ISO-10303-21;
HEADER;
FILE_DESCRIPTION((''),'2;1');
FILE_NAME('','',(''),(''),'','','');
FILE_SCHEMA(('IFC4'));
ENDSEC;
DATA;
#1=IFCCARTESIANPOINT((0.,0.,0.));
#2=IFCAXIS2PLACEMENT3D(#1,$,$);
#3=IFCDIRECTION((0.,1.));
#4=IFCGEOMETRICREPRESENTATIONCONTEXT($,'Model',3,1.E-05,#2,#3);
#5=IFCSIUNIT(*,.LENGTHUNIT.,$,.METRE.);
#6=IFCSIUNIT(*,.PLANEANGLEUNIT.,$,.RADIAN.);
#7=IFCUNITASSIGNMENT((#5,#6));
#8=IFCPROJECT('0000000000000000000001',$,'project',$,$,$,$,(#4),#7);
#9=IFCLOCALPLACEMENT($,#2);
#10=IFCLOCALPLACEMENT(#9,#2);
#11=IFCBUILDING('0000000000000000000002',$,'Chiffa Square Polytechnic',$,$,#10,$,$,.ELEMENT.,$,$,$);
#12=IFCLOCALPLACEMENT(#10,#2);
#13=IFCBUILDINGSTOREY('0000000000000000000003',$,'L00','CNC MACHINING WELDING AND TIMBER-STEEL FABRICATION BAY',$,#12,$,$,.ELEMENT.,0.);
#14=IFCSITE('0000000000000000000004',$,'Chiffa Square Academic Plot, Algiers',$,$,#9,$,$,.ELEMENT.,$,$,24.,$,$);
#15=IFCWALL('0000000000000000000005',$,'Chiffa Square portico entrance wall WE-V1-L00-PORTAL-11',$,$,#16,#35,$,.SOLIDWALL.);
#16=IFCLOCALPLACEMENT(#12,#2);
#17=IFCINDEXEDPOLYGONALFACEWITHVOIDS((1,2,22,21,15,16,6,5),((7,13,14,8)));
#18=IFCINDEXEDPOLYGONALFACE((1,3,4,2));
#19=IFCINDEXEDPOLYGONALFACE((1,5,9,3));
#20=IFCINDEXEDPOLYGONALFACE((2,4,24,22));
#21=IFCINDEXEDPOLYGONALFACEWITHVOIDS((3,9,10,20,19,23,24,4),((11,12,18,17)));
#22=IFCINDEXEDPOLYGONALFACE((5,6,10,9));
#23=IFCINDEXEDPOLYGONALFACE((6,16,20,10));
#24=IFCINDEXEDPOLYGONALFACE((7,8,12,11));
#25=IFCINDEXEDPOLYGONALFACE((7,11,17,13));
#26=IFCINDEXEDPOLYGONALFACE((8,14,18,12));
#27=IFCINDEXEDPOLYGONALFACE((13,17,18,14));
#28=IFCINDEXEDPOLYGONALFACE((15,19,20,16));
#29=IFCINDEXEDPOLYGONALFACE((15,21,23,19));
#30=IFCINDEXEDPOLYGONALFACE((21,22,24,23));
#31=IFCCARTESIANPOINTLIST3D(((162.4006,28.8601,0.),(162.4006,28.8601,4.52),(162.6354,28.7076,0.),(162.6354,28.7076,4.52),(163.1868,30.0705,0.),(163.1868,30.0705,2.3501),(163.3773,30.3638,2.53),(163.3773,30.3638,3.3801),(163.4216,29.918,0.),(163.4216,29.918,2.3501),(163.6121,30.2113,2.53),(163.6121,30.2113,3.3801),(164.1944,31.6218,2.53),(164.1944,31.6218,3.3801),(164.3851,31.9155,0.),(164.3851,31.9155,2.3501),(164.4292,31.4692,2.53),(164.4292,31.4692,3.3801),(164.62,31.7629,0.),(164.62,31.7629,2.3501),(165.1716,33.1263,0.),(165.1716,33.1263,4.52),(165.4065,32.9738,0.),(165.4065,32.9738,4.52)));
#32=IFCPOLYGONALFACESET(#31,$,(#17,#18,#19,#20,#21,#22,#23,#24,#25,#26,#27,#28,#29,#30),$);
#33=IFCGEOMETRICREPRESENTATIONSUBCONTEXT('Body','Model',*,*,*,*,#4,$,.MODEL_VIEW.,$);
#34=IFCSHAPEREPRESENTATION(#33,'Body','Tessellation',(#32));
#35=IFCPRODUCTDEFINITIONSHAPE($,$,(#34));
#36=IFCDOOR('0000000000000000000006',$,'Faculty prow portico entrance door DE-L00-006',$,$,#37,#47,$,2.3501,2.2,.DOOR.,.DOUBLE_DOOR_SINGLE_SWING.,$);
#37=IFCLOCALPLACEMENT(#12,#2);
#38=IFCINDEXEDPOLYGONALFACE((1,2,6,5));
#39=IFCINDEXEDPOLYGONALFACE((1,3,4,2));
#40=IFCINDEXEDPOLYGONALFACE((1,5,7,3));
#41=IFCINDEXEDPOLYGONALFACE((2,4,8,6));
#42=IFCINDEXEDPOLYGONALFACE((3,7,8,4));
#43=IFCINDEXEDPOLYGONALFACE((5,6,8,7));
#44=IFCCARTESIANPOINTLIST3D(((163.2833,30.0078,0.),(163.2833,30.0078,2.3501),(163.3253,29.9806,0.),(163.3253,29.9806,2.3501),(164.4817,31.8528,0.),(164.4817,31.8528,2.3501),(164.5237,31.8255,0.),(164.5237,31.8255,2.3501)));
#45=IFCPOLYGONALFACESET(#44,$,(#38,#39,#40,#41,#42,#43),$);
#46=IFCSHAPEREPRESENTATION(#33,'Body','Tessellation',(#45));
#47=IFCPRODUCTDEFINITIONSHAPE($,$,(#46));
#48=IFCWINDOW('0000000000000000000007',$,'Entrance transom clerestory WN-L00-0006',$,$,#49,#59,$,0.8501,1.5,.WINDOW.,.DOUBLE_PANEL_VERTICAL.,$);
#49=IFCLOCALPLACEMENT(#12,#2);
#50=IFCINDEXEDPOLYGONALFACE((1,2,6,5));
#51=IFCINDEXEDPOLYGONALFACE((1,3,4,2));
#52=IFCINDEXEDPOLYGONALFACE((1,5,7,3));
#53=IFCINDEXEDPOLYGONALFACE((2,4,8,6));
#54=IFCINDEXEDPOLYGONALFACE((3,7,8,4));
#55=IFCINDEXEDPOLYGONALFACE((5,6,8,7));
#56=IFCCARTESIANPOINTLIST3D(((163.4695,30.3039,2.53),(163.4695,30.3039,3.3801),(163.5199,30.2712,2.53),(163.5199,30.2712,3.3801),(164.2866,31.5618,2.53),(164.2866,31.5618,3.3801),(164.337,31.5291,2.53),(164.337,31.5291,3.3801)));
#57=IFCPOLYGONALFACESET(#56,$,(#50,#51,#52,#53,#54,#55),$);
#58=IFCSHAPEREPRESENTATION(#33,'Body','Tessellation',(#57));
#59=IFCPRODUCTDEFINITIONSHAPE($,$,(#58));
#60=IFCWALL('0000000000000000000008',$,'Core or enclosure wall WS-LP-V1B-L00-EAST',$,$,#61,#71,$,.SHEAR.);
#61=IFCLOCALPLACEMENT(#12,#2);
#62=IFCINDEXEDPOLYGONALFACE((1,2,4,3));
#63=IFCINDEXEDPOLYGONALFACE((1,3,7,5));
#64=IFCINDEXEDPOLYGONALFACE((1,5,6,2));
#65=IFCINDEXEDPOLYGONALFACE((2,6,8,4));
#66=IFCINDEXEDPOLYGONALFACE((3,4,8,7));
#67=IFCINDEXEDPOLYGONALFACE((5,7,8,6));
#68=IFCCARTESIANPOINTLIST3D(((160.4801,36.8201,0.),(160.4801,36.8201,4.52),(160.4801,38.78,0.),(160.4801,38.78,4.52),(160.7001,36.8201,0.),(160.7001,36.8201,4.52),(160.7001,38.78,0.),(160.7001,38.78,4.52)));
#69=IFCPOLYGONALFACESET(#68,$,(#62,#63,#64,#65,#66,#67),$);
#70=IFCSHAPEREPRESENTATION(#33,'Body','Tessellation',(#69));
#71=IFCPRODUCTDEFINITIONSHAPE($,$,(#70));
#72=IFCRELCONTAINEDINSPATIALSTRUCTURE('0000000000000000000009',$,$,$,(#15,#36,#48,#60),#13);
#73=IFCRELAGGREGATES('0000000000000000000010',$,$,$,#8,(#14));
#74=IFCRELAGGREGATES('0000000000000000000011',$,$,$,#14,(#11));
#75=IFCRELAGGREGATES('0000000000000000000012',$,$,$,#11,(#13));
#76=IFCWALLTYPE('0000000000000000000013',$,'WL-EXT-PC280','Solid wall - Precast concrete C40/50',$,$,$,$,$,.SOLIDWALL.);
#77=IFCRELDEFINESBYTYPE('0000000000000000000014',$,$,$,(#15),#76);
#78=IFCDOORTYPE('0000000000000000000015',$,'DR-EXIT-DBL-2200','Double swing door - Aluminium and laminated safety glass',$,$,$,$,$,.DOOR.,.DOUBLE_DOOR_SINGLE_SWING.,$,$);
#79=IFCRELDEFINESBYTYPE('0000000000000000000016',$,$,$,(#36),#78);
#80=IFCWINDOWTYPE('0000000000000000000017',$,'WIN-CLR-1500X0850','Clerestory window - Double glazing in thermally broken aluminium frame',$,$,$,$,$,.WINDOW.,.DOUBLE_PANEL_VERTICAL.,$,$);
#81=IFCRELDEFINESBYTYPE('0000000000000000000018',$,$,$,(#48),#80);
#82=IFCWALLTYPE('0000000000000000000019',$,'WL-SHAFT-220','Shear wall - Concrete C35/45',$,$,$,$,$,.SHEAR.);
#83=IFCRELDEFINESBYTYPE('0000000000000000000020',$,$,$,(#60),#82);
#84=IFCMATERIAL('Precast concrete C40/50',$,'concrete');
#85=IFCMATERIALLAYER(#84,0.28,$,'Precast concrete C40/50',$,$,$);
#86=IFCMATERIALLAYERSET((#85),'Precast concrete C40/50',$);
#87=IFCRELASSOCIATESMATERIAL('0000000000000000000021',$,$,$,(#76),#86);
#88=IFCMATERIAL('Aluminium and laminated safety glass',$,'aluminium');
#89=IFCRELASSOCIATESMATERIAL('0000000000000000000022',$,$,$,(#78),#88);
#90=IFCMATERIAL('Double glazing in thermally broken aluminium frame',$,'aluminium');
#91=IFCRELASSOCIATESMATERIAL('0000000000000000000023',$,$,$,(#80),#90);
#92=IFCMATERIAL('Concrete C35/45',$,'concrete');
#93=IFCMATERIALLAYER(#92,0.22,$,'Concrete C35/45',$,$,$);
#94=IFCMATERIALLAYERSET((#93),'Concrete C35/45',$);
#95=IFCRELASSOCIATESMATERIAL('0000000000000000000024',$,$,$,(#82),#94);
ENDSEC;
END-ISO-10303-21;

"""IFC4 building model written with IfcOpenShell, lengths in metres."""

from ifc_helpers import new_model, si_unit, direction, frame, frame_2d, origin, place, context, subcontext, project, spatial, rectangle, extrude, material, layer, layer_set, type_object, element, fill, save


model = new_model("IFC4")

# Units and contexts
model_context = context("Model", 3, precision=1e-05, world=origin(), true_north=direction((0.0, 1.0)))
body_context = subcontext(model_context, "Body", "Model", "MODEL_VIEW")
ifc_project = project(units=[si_unit("LENGTHUNIT", "METRE"), si_unit("PLANEANGLEUNIT", "RADIAN")], contexts=[model_context])

# Site, building, storey
site_placement = place(None, origin())
site = spatial("IfcSite", under=ifc_project, at=site_placement, Name="Chiffa Square Academic Plot, Algiers", CompositionType="ELEMENT", RefElevation=24.0)
building_placement = place(site_placement, origin())
building = spatial("IfcBuilding", under=site, at=building_placement, Name="Chiffa Square Polytechnic", CompositionType="ELEMENT")
storey_placement = place(building_placement, origin())
storey = spatial("IfcBuildingStorey", under=building, at=storey_placement, Name="L00", Description="CNC MACHINING WELDING AND TIMBER-STEEL FABRICATION BAY", CompositionType="ELEMENT", Elevation=0.0)

# Shared definitions
ifc_material_1 = material(Name="Concrete C35/45", Category="concrete")

# Wall, openings, door, window
ifc_material_2 = material(Name="Precast concrete C40/50", Category="concrete")
ifc_layer_1 = layer(ifc_material_2, 0.28, Name="Precast concrete C40/50")
ifc_layer_set_1 = layer_set([ifc_layer_1], Name="Precast concrete C40/50")
wall_type_1 = type_object("IfcWallType", Name="WL-EXT-PC280", Description="Solid wall - Precast concrete C40/50", PredefinedType="SOLIDWALL", material=ifc_layer_set_1)
wall_1_placement = place(storey_placement, frame((162.5181, 28.7839, 0.0), z_axis=(0.0, 0.0, 1.0), x_axis=(0.544715, 0.838621, 0.0)))
wall_1 = element("IfcWall", 1, at=wall_1_placement, inside=storey, type_object=wall_type_1, Name="Chiffa Square portico entrance wall WE-V1-L00-PORTAL-11", PredefinedType="SOLIDWALL", context=body_context, shape_type="SweptSolid", body=[
    extrude(rectangle(XDim=5.0872, YDim=0.28, at=frame_2d((2.5435, 0.0))), origin(), (0.0, 0.0, 1.0), 4.52),
])
opening_1_placement = place(wall_1_placement, frame((1.4431, 0.0, 0.0)))
opening_1 = element("IfcOpeningElement", 2, at=opening_1_placement, cuts=wall_1, PredefinedType="OPENING", context=body_context, shape_type="SweptSolid", body=[
    extrude(rectangle(XDim=2.2, YDim=2.3501, at=frame_2d((1.1001, 1.175))), frame((0.0, 0.1499, 0.0), z_axis=(0.0, -1.0, 0.0), x_axis=(1.0, 0.0, 0.0)), (0.0, 0.0, 1.0), 0.3),
])
opening_2_placement = place(wall_1_placement, frame((1.793, 0.0, 2.53)))
opening_2 = element("IfcOpeningElement", 3, at=opening_2_placement, cuts=wall_1, PredefinedType="OPENING", context=body_context, shape_type="SweptSolid", body=[
    extrude(rectangle(XDim=1.5, YDim=0.8501, at=frame_2d((0.75, 0.425))), frame((0.0, 0.1499, 0.0), z_axis=(0.0, -1.0, 0.0), x_axis=(1.0, 0.0, 0.0)), (0.0, 0.0, 1.0), 0.3),
])
ifc_material_3 = material(Name="Aluminium and laminated safety glass", Category="aluminium")
door_type = type_object("IfcDoorType", Name="DR-EXIT-DBL-2200", Description="Double swing door - Aluminium and laminated safety glass", OperationType="DOUBLE_DOOR_SINGLE_SWING", PredefinedType="DOOR", material=ifc_material_3)
door_placement = place(opening_1_placement, origin())
door = element("IfcDoor", 4, at=door_placement, inside=storey, type_object=door_type, Name="Faculty prow portico entrance door DE-L00-006", OperationType="DOUBLE_DOOR_SINGLE_SWING", OverallHeight=2.3501, OverallWidth=2.2, PredefinedType="DOOR", context=body_context, shape_type="SweptSolid", body=[
    extrude(rectangle(XDim=2.2, YDim=2.3501, at=frame_2d((1.1001, 1.175))), frame((0.0, 0.0249, 0.0), z_axis=(0.0, -1.0, 0.0), x_axis=(1.0, 0.0, 0.0)), (0.0, 0.0, 1.0), 0.05),
])
fill(opening_1, door)
ifc_material_4 = material(Name="Double glazing in thermally broken aluminium frame", Category="aluminium")
window_type = type_object("IfcWindowType", Name="WIN-CLR-1500X0850", Description="Clerestory window - Double glazing in thermally broken aluminium frame", PartitioningType="DOUBLE_PANEL_VERTICAL", PredefinedType="WINDOW", material=ifc_material_4)
window_placement = place(opening_2_placement, origin())
window = element("IfcWindow", 5, at=window_placement, inside=storey, type_object=window_type, Name="Entrance transom clerestory WN-L00-0006", OverallHeight=0.8501, OverallWidth=1.5, PartitioningType="DOUBLE_PANEL_VERTICAL", PredefinedType="WINDOW", context=body_context, shape_type="SweptSolid", body=[
    extrude(rectangle(XDim=1.5, YDim=0.8501, at=frame_2d((0.75, 0.425))), frame((0.0, 0.03, 0.0), z_axis=(0.0, -1.0, 0.0), x_axis=(1.0, 0.0, 0.0)), (0.0, 0.0, 1.0), 0.0601),
])
fill(opening_2, window)

# Wall
ifc_layer_2 = layer(ifc_material_1, 0.22, Name="Concrete C35/45")
ifc_layer_set_2 = layer_set([ifc_layer_2], Name="Concrete C35/45")
wall_type_2 = type_object("IfcWallType", Name="WL-SHAFT-220", Description="Shear wall - Concrete C35/45", PredefinedType="SHEAR", material=ifc_layer_set_2)
wall_2_placement = place(storey_placement, frame((160.5901, 36.8201, 0.0), z_axis=(0.0, 0.0, 1.0), x_axis=(0.0, 1.0, 0.0)))
element("IfcWall", 6, at=wall_2_placement, inside=storey, type_object=wall_type_2, Name="Core or enclosure wall WS-LP-V1B-L00-EAST", PredefinedType="SHEAR", context=body_context, shape_type="SweptSolid", body=[
    extrude(rectangle(XDim=1.96, YDim=0.22, at=frame_2d((0.98, 0.0))), origin(), (0.0, 0.0, 1.0), 4.52),
])

save(model, "model.ifc")
